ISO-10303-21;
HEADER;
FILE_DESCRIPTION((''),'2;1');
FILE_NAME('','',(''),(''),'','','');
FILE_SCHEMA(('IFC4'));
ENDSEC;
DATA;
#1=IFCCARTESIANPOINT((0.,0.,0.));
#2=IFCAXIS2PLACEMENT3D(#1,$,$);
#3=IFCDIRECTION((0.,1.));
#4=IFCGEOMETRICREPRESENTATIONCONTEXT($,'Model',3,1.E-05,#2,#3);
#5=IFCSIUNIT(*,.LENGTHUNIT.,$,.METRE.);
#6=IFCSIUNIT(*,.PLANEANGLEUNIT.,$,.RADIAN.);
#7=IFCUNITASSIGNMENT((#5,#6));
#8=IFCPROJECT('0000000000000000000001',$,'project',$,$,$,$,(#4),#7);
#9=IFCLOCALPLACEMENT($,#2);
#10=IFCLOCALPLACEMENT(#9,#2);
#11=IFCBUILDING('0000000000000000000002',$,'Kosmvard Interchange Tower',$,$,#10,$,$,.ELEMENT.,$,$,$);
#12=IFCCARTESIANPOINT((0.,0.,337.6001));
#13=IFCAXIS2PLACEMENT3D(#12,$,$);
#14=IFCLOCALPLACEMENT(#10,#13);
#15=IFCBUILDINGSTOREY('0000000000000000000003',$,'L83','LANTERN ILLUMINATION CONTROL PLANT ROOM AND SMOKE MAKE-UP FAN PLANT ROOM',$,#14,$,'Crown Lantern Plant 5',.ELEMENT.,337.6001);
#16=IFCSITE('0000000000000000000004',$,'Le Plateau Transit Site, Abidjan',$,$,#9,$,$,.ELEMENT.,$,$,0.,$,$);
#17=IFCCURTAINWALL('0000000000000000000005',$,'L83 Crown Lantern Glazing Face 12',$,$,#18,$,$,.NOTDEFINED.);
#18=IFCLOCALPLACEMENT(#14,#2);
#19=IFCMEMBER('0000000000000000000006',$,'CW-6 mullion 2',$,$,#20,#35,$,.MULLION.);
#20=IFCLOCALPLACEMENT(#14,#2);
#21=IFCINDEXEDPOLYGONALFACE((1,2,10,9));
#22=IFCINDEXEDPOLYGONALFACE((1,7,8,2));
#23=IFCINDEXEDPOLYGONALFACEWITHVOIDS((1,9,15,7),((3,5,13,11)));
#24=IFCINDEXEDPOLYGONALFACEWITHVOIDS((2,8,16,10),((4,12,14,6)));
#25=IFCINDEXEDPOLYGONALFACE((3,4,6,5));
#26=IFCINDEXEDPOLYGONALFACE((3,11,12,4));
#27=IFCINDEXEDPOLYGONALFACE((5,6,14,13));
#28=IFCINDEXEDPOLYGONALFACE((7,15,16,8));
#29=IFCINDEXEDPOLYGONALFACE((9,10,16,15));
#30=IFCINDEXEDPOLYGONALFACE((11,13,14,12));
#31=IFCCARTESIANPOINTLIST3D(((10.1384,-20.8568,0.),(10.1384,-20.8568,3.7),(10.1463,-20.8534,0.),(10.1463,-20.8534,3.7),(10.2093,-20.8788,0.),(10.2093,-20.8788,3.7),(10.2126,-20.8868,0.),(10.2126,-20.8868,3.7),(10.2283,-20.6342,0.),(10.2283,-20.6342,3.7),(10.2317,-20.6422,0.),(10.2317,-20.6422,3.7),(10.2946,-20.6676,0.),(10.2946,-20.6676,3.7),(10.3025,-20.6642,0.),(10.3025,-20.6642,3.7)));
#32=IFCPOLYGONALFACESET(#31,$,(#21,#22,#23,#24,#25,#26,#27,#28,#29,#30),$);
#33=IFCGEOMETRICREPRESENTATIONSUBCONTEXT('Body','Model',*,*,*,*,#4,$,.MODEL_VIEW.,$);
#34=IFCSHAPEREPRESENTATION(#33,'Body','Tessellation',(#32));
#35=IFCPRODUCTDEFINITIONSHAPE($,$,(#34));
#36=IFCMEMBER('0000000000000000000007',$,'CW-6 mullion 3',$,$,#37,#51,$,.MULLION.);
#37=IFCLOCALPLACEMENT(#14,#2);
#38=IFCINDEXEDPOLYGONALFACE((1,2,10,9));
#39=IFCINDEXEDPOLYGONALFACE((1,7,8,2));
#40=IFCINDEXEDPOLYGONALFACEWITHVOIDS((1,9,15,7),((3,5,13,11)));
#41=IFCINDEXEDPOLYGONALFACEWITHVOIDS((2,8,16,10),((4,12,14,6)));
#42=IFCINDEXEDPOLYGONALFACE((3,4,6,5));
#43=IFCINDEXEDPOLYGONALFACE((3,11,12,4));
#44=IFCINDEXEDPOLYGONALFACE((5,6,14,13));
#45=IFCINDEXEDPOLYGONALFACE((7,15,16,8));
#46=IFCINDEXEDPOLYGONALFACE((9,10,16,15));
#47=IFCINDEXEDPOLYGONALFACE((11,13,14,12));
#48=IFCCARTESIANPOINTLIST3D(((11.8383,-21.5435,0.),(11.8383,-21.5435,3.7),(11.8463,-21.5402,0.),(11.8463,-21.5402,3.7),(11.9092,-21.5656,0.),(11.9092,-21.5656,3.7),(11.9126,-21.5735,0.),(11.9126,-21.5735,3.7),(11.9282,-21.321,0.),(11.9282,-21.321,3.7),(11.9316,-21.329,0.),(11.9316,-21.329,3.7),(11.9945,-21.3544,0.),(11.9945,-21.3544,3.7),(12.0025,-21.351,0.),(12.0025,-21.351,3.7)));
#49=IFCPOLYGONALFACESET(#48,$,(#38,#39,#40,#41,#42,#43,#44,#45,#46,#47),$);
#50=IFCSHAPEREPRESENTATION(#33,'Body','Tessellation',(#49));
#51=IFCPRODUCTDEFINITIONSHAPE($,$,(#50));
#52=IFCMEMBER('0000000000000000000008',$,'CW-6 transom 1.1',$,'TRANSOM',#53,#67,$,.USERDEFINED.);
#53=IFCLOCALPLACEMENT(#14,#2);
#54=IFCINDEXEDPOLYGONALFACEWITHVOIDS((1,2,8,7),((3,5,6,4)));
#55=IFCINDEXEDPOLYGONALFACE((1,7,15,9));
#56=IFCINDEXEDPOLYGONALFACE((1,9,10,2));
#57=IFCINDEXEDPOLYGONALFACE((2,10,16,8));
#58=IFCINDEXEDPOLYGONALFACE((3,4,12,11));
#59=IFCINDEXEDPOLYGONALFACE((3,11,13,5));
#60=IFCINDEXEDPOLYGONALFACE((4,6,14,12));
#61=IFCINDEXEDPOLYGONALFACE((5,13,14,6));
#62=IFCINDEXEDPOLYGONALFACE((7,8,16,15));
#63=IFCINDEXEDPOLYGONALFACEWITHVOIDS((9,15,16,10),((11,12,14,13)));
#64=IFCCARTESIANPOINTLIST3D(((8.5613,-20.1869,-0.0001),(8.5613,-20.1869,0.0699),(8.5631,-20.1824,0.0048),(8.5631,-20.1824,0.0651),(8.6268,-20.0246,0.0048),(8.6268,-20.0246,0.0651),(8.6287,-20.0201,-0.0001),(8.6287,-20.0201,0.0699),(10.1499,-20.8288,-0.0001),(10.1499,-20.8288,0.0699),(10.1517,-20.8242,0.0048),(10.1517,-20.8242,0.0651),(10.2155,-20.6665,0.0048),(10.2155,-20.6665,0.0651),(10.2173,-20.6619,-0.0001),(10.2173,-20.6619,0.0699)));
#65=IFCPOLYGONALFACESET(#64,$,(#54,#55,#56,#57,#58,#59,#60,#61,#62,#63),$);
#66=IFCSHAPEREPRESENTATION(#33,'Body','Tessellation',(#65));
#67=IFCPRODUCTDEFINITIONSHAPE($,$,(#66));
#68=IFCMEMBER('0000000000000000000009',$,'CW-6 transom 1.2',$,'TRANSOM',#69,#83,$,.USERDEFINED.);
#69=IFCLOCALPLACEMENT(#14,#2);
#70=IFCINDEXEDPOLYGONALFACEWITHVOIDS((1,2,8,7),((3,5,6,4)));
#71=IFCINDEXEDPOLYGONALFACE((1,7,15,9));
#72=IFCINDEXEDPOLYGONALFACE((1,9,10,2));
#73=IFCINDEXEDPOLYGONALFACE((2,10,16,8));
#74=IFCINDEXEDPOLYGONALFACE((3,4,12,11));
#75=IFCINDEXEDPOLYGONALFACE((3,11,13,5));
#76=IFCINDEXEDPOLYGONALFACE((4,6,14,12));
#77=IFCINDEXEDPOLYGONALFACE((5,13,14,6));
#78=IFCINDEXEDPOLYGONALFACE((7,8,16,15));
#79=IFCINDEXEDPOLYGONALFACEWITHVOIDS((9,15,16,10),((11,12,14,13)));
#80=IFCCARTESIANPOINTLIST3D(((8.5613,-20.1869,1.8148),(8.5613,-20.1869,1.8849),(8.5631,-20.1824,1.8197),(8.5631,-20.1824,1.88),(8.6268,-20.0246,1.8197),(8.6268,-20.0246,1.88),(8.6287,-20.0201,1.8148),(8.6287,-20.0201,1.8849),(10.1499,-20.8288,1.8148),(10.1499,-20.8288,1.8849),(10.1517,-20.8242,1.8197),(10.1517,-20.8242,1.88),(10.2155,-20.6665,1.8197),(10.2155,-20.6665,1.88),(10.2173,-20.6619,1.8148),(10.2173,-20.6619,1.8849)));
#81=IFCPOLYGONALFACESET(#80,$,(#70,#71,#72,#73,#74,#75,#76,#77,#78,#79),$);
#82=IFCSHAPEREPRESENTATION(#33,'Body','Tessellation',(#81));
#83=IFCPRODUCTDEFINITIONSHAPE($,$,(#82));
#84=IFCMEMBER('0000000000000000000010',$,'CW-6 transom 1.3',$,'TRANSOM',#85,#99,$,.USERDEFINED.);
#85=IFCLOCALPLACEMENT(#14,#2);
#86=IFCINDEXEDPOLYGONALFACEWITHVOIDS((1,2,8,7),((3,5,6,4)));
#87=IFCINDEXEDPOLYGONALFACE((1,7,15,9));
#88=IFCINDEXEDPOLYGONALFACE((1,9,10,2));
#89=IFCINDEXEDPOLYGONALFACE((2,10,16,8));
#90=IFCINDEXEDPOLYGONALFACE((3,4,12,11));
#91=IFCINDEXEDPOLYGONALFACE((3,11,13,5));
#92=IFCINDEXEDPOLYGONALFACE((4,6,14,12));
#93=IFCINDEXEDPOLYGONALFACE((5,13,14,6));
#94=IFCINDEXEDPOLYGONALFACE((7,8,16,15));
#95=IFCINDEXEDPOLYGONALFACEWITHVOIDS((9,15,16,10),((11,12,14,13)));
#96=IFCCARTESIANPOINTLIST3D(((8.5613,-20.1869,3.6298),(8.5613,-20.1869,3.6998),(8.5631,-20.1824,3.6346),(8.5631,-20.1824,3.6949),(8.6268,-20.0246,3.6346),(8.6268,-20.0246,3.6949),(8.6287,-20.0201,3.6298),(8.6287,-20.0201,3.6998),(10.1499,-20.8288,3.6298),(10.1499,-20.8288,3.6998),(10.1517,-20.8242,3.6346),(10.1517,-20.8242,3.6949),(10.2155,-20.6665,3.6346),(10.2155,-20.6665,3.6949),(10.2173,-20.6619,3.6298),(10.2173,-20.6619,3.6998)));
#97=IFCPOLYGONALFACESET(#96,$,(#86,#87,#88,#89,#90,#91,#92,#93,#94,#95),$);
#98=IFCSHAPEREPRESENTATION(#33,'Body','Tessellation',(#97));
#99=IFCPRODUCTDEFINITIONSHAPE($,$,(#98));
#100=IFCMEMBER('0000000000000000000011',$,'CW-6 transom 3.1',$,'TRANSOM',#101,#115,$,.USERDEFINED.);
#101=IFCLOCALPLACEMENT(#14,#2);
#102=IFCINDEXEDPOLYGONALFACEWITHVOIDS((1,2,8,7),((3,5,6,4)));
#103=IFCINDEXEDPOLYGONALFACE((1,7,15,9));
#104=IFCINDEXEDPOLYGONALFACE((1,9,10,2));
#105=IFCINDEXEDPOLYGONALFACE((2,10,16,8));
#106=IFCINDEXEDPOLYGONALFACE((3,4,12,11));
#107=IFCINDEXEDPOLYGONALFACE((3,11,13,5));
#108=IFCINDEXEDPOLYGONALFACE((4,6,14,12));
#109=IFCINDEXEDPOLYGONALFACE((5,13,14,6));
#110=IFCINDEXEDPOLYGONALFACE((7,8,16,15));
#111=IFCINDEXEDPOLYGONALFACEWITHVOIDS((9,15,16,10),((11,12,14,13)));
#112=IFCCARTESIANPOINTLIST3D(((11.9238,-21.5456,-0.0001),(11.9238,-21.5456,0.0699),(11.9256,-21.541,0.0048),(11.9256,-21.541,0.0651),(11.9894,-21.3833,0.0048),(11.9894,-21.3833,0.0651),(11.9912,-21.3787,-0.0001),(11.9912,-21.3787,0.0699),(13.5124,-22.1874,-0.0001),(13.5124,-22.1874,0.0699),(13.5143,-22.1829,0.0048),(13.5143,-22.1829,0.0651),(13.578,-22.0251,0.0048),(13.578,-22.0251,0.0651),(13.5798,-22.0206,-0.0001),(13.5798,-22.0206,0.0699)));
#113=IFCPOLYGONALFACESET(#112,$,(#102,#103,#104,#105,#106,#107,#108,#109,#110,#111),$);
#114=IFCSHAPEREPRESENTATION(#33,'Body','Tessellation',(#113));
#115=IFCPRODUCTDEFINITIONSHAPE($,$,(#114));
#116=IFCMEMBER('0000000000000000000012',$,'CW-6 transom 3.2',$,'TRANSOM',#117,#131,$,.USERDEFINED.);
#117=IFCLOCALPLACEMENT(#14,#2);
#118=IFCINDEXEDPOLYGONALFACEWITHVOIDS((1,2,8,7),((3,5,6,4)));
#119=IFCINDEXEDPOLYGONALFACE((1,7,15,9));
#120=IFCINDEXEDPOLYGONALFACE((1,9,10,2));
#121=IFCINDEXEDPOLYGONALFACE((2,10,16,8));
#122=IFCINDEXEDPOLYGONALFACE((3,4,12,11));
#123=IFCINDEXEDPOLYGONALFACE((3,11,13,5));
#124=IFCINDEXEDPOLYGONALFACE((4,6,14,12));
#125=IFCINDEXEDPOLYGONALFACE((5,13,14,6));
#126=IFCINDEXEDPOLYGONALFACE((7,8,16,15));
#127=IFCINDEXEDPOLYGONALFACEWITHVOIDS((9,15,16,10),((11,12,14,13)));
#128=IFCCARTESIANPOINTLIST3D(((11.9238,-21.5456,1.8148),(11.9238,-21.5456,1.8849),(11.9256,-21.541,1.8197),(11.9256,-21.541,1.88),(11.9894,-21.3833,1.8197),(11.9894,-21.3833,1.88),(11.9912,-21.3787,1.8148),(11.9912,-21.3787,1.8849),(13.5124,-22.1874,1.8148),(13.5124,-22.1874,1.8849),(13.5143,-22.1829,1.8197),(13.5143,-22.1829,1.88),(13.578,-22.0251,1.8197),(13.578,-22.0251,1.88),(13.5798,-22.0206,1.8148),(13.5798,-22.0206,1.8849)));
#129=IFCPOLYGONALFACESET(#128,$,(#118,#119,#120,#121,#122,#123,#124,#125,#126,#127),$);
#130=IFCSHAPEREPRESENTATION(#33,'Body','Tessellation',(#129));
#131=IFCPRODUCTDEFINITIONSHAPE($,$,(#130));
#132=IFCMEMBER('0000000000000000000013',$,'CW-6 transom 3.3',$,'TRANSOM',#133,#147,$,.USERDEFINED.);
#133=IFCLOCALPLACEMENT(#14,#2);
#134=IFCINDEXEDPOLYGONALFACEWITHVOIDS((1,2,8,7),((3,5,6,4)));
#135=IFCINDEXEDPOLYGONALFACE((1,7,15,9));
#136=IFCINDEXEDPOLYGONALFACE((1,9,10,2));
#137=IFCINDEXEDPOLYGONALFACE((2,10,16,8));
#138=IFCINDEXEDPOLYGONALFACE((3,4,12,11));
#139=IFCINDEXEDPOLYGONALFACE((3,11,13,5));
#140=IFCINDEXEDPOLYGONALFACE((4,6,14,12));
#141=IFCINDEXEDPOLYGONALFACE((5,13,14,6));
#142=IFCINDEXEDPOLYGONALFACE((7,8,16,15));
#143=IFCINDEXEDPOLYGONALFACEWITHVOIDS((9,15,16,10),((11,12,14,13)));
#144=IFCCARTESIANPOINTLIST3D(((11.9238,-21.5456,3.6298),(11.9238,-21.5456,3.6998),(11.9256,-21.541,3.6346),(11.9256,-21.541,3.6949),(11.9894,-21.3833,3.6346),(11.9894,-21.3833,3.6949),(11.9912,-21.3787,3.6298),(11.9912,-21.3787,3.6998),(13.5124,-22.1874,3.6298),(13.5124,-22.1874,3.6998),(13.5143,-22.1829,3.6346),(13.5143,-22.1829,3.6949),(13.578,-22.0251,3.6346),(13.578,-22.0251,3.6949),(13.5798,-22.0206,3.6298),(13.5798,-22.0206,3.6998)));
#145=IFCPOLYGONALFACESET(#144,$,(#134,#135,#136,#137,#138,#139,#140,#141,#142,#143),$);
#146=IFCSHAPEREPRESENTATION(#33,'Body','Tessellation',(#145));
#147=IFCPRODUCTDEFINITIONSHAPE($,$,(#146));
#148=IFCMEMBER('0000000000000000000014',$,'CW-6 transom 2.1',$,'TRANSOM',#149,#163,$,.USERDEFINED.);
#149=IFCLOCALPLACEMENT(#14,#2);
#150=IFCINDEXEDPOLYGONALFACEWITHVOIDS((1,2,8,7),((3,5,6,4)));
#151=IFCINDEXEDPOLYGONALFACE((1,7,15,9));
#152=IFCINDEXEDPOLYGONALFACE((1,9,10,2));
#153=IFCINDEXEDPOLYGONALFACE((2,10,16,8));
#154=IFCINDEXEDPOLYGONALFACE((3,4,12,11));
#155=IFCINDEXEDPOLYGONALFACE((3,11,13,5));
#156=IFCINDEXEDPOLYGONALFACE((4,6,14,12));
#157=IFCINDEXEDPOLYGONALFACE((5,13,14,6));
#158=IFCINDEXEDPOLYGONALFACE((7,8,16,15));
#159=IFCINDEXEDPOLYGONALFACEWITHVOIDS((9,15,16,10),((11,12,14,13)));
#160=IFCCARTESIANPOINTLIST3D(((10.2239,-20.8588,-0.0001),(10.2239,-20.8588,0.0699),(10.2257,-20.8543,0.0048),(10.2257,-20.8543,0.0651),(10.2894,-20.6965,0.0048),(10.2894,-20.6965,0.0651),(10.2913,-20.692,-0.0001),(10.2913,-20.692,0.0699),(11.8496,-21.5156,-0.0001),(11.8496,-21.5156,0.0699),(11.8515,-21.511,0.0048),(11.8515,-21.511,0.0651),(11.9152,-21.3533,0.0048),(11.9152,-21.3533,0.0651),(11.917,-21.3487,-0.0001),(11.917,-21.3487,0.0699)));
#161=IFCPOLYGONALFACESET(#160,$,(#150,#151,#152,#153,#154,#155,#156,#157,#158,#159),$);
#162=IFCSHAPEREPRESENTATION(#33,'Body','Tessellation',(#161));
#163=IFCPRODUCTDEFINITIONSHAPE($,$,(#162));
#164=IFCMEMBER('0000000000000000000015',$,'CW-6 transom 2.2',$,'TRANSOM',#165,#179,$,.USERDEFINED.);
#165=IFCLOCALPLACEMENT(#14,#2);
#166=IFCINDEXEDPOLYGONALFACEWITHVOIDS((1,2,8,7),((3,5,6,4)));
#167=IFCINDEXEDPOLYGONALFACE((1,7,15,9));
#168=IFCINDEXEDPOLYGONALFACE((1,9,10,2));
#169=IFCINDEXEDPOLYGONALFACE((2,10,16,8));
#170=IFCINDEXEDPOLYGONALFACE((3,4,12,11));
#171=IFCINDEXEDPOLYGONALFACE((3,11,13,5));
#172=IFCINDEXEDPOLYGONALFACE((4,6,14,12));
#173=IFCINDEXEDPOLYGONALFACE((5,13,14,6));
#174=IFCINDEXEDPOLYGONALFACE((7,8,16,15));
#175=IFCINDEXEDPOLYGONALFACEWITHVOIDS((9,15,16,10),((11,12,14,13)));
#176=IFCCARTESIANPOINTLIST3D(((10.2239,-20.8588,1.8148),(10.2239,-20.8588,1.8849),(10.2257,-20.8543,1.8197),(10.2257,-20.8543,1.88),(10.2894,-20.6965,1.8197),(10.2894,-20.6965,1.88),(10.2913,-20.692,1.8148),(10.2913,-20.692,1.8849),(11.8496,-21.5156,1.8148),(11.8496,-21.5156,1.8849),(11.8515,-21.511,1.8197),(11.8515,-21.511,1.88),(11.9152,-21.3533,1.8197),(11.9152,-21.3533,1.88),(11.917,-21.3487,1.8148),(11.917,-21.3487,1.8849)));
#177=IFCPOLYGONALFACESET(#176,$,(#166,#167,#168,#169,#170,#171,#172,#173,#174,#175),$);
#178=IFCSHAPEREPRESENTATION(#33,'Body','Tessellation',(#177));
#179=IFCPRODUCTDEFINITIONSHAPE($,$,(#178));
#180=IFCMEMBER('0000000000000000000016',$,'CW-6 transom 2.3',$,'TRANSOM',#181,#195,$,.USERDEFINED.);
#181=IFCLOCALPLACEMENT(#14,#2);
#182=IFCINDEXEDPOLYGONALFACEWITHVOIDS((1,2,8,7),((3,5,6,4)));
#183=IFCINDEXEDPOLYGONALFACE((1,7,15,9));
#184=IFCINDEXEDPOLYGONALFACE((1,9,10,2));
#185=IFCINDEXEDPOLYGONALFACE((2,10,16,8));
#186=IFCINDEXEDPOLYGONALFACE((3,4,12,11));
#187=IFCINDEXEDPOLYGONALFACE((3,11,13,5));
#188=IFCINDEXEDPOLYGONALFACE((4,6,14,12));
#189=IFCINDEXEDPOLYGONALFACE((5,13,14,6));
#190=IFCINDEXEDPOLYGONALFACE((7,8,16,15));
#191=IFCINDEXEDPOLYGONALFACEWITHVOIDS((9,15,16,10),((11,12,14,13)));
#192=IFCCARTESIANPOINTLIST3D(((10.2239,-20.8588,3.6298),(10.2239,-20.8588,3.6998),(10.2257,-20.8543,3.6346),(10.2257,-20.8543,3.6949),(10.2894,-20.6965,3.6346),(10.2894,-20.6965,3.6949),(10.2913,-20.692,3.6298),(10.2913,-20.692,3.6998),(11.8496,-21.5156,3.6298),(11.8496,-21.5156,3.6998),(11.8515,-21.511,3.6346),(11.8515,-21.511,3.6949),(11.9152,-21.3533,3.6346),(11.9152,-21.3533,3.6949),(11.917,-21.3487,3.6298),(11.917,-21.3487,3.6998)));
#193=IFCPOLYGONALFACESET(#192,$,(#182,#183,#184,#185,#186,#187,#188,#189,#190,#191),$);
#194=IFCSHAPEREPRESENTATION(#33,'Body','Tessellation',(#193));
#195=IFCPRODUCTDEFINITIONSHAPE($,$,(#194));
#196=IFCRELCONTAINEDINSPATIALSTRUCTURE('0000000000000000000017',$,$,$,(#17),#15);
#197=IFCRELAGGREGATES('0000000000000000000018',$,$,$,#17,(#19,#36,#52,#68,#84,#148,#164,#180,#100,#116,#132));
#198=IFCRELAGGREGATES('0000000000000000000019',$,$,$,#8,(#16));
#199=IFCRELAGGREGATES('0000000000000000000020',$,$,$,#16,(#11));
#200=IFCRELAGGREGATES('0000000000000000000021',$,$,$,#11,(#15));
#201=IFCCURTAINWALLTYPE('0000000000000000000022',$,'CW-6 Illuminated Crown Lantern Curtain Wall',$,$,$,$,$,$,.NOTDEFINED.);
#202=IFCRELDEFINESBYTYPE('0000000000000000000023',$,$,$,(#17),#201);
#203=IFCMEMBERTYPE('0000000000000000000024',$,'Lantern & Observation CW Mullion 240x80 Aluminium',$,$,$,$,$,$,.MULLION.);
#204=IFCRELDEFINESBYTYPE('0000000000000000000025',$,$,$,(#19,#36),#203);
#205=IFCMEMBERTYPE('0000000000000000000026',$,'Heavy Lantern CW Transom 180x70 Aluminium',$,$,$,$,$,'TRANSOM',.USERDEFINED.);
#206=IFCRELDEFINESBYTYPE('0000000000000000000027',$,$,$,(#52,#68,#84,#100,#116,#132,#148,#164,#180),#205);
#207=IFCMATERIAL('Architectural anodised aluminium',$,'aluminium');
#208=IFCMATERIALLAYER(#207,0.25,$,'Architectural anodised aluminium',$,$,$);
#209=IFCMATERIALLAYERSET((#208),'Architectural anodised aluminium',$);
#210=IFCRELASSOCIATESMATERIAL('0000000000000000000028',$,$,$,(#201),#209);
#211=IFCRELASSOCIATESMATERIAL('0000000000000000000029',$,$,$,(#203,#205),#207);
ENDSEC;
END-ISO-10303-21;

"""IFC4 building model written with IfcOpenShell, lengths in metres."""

from ifc_helpers import new_model, si_unit, direction, frame, origin, origin_2d, place, context, subcontext, project, spatial, hollow_rectangle, extrude, source, transform, mapped, material, layer, layer_set, material_profile, profile_set, type_object, element, aggregate, save


model = new_model("IFC4")

# Units and contexts
model_context = context("Model", 3, precision=1e-05, world=origin(), true_north=direction((0.0, 1.0)))
body_context = subcontext(model_context, "Body", "Model", "MODEL_VIEW")
ifc_project = project(units=[si_unit("LENGTHUNIT", "METRE"), si_unit("PLANEANGLEUNIT", "RADIAN")], contexts=[model_context])

# Site, building, storey
site_placement = place(None, origin())
site = spatial("IfcSite", under=ifc_project, at=site_placement, Name="Le Plateau Transit Site, Abidjan", CompositionType="ELEMENT", RefElevation=0.0)
building_placement = place(site_placement, origin())
building = spatial("IfcBuilding", under=site, at=building_placement, Name="Kosmvard Interchange Tower", CompositionType="ELEMENT")
storey_placement = place(building_placement, frame((0.0, 0.0, 337.6001)))
storey = spatial("IfcBuildingStorey", under=building, at=storey_placement, Name="L83", Description="LANTERN ILLUMINATION CONTROL PLANT ROOM AND SMOKE MAKE-UP FAN PLANT ROOM", LongName="Crown Lantern Plant 5", CompositionType="ELEMENT", Elevation=337.6001)

# Shared definitions
ifc_material_1 = material(Name="Architectural anodised aluminium", Category="aluminium")
ifc_layer_1 = layer(ifc_material_1, 0.25, Name="Architectural anodised aluminium")
ifc_layer_set_1 = layer_set([ifc_layer_1], Name="Architectural anodised aluminium")
curtain_wall_type = type_object("IfcCurtainWallType", Name="CW-6 Illuminated Crown Lantern Curtain Wall", PredefinedType="NOTDEFINED", material=ifc_layer_set_1)
ifc_material_profile_1 = material_profile(ifc_material_1, hollow_rectangle(XDim=0.24, YDim=0.0801, WallThickness=0.0061, at=origin_2d()), Name="CWM 240x80x6")
ifc_profile_set_1 = profile_set([ifc_material_profile_1], Name="Architectural anodised aluminium")
member_type_1 = type_object("IfcMemberType", Name="Lantern & Observation CW Mullion 240x80 Aluminium", PredefinedType="MULLION", material=ifc_profile_set_1)
shared_shape_1 = source(origin(), body_context, "Body", "SweptSolid", [
    extrude(hollow_rectangle(XDim=0.24, YDim=0.0801, WallThickness=0.0061, at=origin_2d()), origin(), (0.0, 0.0, 1.0), 3.7),
])

# Curtain wall, members
curtain_wall_1_placement = place(storey_placement, origin())
curtain_wall_1 = element("IfcCurtainWall", 1, at=curtain_wall_1_placement, inside=storey, type_object=curtain_wall_type, Name="L83 Crown Lantern Glazing Face 12", PredefinedType="NOTDEFINED")
member_1_placement = place(storey_placement, frame((10.2205, -20.7605, 0.0), z_axis=(0.0, 0.0, 1.0), x_axis=(0.374607, 0.927184, 0.0)))
member_1 = element("IfcMember", 2, at=member_1_placement, type_object=member_type_1, Name="CW-6 mullion 2", PredefinedType="MULLION", context=body_context, shape_type="MappedRepresentation", body=[
    mapped(shared_shape_1, transform((0.0, 0.0, 0.0), scale=1.0)),
])
member_2_placement = place(storey_placement, frame((11.9204, -21.4473, 0.0), z_axis=(0.0, 0.0, 1.0), x_axis=(0.374607, 0.927184, 0.0)))
member_2 = element("IfcMember", 3, at=member_2_placement, type_object=member_type_1, Name="CW-6 mullion 3", PredefinedType="MULLION", context=body_context, shape_type="MappedRepresentation", body=[
    mapped(shared_shape_1, transform((0.0, 0.0, 0.0), scale=1.0)),
])
ifc_material_profile_2 = material_profile(ifc_material_1, hollow_rectangle(XDim=0.1799, YDim=0.0701, WallThickness=0.0049, at=origin_2d()), Name="CWT 180x70x5")
ifc_profile_set_2 = profile_set([ifc_material_profile_2], Name="Architectural anodised aluminium")
member_type_2 = type_object("IfcMemberType", Name="Heavy Lantern CW Transom 180x70 Aluminium", ElementType="TRANSOM", PredefinedType="USERDEFINED", material=ifc_profile_set_2)
shared_shape_2 = source(origin(), body_context, "Body", "SweptSolid", [
    extrude(hollow_rectangle(XDim=0.1799, YDim=0.0701, WallThickness=0.0049, at=origin_2d()), origin(), (0.0, 0.0, 1.0), 1.7134),
])
member_3_placement = place(storey_placement, frame((8.595, -20.1035, 0.0349), z_axis=(0.927184, -0.374607, 0.0), x_axis=(0.374607, 0.927184, 0.0)))
member_3 = element("IfcMember", 4, at=member_3_placement, type_object=member_type_2, Name="CW-6 transom 1.1", ObjectType="TRANSOM", PredefinedType="USERDEFINED", context=body_context, shape_type="MappedRepresentation", body=[
    mapped(shared_shape_2, transform((0.0, 0.0, 0.0), scale=1.0)),
])
member_4_placement = place(storey_placement, frame((8.595, -20.1035, 1.8499), z_axis=(0.927184, -0.374607, 0.0), x_axis=(0.374607, 0.927184, 0.0)))
member_4 = element("IfcMember", 5, at=member_4_placement, type_object=member_type_2, Name="CW-6 transom 1.2", ObjectType="TRANSOM", PredefinedType="USERDEFINED", context=body_context, shape_type="MappedRepresentation", body=[
    mapped(shared_shape_2, transform((0.0, 0.0, 0.0), scale=1.0)),
])
member_5_placement = place(storey_placement, frame((8.595, -20.1035, 3.6648), z_axis=(0.927184, -0.374607, 0.0), x_axis=(0.374607, 0.927184, 0.0)))
member_5 = element("IfcMember", 6, at=member_5_placement, type_object=member_type_2, Name="CW-6 transom 1.3", ObjectType="TRANSOM", PredefinedType="USERDEFINED", context=body_context, shape_type="MappedRepresentation", body=[
    mapped(shared_shape_2, transform((0.0, 0.0, 0.0), scale=1.0)),
])
member_6_placement = place(storey_placement, frame((11.9575, -21.4622, 0.0349), z_axis=(0.927184, -0.374607, 0.0), x_axis=(0.374607, 0.927184, 0.0)))
member_6 = element("IfcMember", 7, at=member_6_placement, type_object=member_type_2, Name="CW-6 transom 3.1", ObjectType="TRANSOM", PredefinedType="USERDEFINED", context=body_context, shape_type="MappedRepresentation", body=[
    mapped(shared_shape_2, transform((0.0, 0.0, 0.0), scale=1.0)),
])
member_7_placement = place(storey_placement, frame((11.9575, -21.4622, 1.8499), z_axis=(0.927184, -0.374607, 0.0), x_axis=(0.374607, 0.927184, 0.0)))
member_7 = element("IfcMember", 8, at=member_7_placement, type_object=member_type_2, Name="CW-6 transom 3.2", ObjectType="TRANSOM", PredefinedType="USERDEFINED", context=body_context, shape_type="MappedRepresentation", body=[
    mapped(shared_shape_2, transform((0.0, 0.0, 0.0), scale=1.0)),
])
member_8_placement = place(storey_placement, frame((11.9575, -21.4622, 3.6648), z_axis=(0.927184, -0.374607, 0.0), x_axis=(0.374607, 0.927184, 0.0)))
member_8 = element("IfcMember", 9, at=member_8_placement, type_object=member_type_2, Name="CW-6 transom 3.3", ObjectType="TRANSOM", PredefinedType="USERDEFINED", context=body_context, shape_type="MappedRepresentation", body=[
    mapped(shared_shape_2, transform((0.0, 0.0, 0.0), scale=1.0)),
])
shared_shape_3 = source(origin(), body_context, "Body", "SweptSolid", [
    extrude(hollow_rectangle(XDim=0.1799, YDim=0.0701, WallThickness=0.0049, at=origin_2d()), origin(), (0.0, 0.0, 1.0), 1.7534),
])
member_9_placement = place(storey_placement, frame((10.2576, -20.7754, 0.0349), z_axis=(0.927204, -0.374557, 0.0), x_axis=(0.374557, 0.927204, 0.0)))
member_9 = element("IfcMember", 10, at=member_9_placement, type_object=member_type_2, Name="CW-6 transom 2.1", ObjectType="TRANSOM", PredefinedType="USERDEFINED", context=body_context, shape_type="MappedRepresentation", body=[
    mapped(shared_shape_3, transform((0.0, 0.0, 0.0), scale=1.0)),
])
member_10_placement = place(storey_placement, frame((10.2576, -20.7754, 1.8499), z_axis=(0.927204, -0.374557, 0.0), x_axis=(0.374557, 0.927204, 0.0)))
member_10 = element("IfcMember", 11, at=member_10_placement, type_object=member_type_2, Name="CW-6 transom 2.2", ObjectType="TRANSOM", PredefinedType="USERDEFINED", context=body_context, shape_type="MappedRepresentation", body=[
    mapped(shared_shape_3, transform((0.0, 0.0, 0.0), scale=1.0)),
])
member_11_placement = place(storey_placement, frame((10.2576, -20.7754, 3.6648), z_axis=(0.927204, -0.374557, 0.0), x_axis=(0.374557, 0.927204, 0.0)))
member_11 = element("IfcMember", 12, at=member_11_placement, type_object=member_type_2, Name="CW-6 transom 2.3", ObjectType="TRANSOM", PredefinedType="USERDEFINED", context=body_context, shape_type="MappedRepresentation", body=[
    mapped(shared_shape_3, transform((0.0, 0.0, 0.0), scale=1.0)),
])

aggregate(curtain_wall_1, [member_1, member_2, member_3, member_4, member_5, member_9, member_10, member_11, member_6, member_7, member_8])

save(model, "model.ifc")
